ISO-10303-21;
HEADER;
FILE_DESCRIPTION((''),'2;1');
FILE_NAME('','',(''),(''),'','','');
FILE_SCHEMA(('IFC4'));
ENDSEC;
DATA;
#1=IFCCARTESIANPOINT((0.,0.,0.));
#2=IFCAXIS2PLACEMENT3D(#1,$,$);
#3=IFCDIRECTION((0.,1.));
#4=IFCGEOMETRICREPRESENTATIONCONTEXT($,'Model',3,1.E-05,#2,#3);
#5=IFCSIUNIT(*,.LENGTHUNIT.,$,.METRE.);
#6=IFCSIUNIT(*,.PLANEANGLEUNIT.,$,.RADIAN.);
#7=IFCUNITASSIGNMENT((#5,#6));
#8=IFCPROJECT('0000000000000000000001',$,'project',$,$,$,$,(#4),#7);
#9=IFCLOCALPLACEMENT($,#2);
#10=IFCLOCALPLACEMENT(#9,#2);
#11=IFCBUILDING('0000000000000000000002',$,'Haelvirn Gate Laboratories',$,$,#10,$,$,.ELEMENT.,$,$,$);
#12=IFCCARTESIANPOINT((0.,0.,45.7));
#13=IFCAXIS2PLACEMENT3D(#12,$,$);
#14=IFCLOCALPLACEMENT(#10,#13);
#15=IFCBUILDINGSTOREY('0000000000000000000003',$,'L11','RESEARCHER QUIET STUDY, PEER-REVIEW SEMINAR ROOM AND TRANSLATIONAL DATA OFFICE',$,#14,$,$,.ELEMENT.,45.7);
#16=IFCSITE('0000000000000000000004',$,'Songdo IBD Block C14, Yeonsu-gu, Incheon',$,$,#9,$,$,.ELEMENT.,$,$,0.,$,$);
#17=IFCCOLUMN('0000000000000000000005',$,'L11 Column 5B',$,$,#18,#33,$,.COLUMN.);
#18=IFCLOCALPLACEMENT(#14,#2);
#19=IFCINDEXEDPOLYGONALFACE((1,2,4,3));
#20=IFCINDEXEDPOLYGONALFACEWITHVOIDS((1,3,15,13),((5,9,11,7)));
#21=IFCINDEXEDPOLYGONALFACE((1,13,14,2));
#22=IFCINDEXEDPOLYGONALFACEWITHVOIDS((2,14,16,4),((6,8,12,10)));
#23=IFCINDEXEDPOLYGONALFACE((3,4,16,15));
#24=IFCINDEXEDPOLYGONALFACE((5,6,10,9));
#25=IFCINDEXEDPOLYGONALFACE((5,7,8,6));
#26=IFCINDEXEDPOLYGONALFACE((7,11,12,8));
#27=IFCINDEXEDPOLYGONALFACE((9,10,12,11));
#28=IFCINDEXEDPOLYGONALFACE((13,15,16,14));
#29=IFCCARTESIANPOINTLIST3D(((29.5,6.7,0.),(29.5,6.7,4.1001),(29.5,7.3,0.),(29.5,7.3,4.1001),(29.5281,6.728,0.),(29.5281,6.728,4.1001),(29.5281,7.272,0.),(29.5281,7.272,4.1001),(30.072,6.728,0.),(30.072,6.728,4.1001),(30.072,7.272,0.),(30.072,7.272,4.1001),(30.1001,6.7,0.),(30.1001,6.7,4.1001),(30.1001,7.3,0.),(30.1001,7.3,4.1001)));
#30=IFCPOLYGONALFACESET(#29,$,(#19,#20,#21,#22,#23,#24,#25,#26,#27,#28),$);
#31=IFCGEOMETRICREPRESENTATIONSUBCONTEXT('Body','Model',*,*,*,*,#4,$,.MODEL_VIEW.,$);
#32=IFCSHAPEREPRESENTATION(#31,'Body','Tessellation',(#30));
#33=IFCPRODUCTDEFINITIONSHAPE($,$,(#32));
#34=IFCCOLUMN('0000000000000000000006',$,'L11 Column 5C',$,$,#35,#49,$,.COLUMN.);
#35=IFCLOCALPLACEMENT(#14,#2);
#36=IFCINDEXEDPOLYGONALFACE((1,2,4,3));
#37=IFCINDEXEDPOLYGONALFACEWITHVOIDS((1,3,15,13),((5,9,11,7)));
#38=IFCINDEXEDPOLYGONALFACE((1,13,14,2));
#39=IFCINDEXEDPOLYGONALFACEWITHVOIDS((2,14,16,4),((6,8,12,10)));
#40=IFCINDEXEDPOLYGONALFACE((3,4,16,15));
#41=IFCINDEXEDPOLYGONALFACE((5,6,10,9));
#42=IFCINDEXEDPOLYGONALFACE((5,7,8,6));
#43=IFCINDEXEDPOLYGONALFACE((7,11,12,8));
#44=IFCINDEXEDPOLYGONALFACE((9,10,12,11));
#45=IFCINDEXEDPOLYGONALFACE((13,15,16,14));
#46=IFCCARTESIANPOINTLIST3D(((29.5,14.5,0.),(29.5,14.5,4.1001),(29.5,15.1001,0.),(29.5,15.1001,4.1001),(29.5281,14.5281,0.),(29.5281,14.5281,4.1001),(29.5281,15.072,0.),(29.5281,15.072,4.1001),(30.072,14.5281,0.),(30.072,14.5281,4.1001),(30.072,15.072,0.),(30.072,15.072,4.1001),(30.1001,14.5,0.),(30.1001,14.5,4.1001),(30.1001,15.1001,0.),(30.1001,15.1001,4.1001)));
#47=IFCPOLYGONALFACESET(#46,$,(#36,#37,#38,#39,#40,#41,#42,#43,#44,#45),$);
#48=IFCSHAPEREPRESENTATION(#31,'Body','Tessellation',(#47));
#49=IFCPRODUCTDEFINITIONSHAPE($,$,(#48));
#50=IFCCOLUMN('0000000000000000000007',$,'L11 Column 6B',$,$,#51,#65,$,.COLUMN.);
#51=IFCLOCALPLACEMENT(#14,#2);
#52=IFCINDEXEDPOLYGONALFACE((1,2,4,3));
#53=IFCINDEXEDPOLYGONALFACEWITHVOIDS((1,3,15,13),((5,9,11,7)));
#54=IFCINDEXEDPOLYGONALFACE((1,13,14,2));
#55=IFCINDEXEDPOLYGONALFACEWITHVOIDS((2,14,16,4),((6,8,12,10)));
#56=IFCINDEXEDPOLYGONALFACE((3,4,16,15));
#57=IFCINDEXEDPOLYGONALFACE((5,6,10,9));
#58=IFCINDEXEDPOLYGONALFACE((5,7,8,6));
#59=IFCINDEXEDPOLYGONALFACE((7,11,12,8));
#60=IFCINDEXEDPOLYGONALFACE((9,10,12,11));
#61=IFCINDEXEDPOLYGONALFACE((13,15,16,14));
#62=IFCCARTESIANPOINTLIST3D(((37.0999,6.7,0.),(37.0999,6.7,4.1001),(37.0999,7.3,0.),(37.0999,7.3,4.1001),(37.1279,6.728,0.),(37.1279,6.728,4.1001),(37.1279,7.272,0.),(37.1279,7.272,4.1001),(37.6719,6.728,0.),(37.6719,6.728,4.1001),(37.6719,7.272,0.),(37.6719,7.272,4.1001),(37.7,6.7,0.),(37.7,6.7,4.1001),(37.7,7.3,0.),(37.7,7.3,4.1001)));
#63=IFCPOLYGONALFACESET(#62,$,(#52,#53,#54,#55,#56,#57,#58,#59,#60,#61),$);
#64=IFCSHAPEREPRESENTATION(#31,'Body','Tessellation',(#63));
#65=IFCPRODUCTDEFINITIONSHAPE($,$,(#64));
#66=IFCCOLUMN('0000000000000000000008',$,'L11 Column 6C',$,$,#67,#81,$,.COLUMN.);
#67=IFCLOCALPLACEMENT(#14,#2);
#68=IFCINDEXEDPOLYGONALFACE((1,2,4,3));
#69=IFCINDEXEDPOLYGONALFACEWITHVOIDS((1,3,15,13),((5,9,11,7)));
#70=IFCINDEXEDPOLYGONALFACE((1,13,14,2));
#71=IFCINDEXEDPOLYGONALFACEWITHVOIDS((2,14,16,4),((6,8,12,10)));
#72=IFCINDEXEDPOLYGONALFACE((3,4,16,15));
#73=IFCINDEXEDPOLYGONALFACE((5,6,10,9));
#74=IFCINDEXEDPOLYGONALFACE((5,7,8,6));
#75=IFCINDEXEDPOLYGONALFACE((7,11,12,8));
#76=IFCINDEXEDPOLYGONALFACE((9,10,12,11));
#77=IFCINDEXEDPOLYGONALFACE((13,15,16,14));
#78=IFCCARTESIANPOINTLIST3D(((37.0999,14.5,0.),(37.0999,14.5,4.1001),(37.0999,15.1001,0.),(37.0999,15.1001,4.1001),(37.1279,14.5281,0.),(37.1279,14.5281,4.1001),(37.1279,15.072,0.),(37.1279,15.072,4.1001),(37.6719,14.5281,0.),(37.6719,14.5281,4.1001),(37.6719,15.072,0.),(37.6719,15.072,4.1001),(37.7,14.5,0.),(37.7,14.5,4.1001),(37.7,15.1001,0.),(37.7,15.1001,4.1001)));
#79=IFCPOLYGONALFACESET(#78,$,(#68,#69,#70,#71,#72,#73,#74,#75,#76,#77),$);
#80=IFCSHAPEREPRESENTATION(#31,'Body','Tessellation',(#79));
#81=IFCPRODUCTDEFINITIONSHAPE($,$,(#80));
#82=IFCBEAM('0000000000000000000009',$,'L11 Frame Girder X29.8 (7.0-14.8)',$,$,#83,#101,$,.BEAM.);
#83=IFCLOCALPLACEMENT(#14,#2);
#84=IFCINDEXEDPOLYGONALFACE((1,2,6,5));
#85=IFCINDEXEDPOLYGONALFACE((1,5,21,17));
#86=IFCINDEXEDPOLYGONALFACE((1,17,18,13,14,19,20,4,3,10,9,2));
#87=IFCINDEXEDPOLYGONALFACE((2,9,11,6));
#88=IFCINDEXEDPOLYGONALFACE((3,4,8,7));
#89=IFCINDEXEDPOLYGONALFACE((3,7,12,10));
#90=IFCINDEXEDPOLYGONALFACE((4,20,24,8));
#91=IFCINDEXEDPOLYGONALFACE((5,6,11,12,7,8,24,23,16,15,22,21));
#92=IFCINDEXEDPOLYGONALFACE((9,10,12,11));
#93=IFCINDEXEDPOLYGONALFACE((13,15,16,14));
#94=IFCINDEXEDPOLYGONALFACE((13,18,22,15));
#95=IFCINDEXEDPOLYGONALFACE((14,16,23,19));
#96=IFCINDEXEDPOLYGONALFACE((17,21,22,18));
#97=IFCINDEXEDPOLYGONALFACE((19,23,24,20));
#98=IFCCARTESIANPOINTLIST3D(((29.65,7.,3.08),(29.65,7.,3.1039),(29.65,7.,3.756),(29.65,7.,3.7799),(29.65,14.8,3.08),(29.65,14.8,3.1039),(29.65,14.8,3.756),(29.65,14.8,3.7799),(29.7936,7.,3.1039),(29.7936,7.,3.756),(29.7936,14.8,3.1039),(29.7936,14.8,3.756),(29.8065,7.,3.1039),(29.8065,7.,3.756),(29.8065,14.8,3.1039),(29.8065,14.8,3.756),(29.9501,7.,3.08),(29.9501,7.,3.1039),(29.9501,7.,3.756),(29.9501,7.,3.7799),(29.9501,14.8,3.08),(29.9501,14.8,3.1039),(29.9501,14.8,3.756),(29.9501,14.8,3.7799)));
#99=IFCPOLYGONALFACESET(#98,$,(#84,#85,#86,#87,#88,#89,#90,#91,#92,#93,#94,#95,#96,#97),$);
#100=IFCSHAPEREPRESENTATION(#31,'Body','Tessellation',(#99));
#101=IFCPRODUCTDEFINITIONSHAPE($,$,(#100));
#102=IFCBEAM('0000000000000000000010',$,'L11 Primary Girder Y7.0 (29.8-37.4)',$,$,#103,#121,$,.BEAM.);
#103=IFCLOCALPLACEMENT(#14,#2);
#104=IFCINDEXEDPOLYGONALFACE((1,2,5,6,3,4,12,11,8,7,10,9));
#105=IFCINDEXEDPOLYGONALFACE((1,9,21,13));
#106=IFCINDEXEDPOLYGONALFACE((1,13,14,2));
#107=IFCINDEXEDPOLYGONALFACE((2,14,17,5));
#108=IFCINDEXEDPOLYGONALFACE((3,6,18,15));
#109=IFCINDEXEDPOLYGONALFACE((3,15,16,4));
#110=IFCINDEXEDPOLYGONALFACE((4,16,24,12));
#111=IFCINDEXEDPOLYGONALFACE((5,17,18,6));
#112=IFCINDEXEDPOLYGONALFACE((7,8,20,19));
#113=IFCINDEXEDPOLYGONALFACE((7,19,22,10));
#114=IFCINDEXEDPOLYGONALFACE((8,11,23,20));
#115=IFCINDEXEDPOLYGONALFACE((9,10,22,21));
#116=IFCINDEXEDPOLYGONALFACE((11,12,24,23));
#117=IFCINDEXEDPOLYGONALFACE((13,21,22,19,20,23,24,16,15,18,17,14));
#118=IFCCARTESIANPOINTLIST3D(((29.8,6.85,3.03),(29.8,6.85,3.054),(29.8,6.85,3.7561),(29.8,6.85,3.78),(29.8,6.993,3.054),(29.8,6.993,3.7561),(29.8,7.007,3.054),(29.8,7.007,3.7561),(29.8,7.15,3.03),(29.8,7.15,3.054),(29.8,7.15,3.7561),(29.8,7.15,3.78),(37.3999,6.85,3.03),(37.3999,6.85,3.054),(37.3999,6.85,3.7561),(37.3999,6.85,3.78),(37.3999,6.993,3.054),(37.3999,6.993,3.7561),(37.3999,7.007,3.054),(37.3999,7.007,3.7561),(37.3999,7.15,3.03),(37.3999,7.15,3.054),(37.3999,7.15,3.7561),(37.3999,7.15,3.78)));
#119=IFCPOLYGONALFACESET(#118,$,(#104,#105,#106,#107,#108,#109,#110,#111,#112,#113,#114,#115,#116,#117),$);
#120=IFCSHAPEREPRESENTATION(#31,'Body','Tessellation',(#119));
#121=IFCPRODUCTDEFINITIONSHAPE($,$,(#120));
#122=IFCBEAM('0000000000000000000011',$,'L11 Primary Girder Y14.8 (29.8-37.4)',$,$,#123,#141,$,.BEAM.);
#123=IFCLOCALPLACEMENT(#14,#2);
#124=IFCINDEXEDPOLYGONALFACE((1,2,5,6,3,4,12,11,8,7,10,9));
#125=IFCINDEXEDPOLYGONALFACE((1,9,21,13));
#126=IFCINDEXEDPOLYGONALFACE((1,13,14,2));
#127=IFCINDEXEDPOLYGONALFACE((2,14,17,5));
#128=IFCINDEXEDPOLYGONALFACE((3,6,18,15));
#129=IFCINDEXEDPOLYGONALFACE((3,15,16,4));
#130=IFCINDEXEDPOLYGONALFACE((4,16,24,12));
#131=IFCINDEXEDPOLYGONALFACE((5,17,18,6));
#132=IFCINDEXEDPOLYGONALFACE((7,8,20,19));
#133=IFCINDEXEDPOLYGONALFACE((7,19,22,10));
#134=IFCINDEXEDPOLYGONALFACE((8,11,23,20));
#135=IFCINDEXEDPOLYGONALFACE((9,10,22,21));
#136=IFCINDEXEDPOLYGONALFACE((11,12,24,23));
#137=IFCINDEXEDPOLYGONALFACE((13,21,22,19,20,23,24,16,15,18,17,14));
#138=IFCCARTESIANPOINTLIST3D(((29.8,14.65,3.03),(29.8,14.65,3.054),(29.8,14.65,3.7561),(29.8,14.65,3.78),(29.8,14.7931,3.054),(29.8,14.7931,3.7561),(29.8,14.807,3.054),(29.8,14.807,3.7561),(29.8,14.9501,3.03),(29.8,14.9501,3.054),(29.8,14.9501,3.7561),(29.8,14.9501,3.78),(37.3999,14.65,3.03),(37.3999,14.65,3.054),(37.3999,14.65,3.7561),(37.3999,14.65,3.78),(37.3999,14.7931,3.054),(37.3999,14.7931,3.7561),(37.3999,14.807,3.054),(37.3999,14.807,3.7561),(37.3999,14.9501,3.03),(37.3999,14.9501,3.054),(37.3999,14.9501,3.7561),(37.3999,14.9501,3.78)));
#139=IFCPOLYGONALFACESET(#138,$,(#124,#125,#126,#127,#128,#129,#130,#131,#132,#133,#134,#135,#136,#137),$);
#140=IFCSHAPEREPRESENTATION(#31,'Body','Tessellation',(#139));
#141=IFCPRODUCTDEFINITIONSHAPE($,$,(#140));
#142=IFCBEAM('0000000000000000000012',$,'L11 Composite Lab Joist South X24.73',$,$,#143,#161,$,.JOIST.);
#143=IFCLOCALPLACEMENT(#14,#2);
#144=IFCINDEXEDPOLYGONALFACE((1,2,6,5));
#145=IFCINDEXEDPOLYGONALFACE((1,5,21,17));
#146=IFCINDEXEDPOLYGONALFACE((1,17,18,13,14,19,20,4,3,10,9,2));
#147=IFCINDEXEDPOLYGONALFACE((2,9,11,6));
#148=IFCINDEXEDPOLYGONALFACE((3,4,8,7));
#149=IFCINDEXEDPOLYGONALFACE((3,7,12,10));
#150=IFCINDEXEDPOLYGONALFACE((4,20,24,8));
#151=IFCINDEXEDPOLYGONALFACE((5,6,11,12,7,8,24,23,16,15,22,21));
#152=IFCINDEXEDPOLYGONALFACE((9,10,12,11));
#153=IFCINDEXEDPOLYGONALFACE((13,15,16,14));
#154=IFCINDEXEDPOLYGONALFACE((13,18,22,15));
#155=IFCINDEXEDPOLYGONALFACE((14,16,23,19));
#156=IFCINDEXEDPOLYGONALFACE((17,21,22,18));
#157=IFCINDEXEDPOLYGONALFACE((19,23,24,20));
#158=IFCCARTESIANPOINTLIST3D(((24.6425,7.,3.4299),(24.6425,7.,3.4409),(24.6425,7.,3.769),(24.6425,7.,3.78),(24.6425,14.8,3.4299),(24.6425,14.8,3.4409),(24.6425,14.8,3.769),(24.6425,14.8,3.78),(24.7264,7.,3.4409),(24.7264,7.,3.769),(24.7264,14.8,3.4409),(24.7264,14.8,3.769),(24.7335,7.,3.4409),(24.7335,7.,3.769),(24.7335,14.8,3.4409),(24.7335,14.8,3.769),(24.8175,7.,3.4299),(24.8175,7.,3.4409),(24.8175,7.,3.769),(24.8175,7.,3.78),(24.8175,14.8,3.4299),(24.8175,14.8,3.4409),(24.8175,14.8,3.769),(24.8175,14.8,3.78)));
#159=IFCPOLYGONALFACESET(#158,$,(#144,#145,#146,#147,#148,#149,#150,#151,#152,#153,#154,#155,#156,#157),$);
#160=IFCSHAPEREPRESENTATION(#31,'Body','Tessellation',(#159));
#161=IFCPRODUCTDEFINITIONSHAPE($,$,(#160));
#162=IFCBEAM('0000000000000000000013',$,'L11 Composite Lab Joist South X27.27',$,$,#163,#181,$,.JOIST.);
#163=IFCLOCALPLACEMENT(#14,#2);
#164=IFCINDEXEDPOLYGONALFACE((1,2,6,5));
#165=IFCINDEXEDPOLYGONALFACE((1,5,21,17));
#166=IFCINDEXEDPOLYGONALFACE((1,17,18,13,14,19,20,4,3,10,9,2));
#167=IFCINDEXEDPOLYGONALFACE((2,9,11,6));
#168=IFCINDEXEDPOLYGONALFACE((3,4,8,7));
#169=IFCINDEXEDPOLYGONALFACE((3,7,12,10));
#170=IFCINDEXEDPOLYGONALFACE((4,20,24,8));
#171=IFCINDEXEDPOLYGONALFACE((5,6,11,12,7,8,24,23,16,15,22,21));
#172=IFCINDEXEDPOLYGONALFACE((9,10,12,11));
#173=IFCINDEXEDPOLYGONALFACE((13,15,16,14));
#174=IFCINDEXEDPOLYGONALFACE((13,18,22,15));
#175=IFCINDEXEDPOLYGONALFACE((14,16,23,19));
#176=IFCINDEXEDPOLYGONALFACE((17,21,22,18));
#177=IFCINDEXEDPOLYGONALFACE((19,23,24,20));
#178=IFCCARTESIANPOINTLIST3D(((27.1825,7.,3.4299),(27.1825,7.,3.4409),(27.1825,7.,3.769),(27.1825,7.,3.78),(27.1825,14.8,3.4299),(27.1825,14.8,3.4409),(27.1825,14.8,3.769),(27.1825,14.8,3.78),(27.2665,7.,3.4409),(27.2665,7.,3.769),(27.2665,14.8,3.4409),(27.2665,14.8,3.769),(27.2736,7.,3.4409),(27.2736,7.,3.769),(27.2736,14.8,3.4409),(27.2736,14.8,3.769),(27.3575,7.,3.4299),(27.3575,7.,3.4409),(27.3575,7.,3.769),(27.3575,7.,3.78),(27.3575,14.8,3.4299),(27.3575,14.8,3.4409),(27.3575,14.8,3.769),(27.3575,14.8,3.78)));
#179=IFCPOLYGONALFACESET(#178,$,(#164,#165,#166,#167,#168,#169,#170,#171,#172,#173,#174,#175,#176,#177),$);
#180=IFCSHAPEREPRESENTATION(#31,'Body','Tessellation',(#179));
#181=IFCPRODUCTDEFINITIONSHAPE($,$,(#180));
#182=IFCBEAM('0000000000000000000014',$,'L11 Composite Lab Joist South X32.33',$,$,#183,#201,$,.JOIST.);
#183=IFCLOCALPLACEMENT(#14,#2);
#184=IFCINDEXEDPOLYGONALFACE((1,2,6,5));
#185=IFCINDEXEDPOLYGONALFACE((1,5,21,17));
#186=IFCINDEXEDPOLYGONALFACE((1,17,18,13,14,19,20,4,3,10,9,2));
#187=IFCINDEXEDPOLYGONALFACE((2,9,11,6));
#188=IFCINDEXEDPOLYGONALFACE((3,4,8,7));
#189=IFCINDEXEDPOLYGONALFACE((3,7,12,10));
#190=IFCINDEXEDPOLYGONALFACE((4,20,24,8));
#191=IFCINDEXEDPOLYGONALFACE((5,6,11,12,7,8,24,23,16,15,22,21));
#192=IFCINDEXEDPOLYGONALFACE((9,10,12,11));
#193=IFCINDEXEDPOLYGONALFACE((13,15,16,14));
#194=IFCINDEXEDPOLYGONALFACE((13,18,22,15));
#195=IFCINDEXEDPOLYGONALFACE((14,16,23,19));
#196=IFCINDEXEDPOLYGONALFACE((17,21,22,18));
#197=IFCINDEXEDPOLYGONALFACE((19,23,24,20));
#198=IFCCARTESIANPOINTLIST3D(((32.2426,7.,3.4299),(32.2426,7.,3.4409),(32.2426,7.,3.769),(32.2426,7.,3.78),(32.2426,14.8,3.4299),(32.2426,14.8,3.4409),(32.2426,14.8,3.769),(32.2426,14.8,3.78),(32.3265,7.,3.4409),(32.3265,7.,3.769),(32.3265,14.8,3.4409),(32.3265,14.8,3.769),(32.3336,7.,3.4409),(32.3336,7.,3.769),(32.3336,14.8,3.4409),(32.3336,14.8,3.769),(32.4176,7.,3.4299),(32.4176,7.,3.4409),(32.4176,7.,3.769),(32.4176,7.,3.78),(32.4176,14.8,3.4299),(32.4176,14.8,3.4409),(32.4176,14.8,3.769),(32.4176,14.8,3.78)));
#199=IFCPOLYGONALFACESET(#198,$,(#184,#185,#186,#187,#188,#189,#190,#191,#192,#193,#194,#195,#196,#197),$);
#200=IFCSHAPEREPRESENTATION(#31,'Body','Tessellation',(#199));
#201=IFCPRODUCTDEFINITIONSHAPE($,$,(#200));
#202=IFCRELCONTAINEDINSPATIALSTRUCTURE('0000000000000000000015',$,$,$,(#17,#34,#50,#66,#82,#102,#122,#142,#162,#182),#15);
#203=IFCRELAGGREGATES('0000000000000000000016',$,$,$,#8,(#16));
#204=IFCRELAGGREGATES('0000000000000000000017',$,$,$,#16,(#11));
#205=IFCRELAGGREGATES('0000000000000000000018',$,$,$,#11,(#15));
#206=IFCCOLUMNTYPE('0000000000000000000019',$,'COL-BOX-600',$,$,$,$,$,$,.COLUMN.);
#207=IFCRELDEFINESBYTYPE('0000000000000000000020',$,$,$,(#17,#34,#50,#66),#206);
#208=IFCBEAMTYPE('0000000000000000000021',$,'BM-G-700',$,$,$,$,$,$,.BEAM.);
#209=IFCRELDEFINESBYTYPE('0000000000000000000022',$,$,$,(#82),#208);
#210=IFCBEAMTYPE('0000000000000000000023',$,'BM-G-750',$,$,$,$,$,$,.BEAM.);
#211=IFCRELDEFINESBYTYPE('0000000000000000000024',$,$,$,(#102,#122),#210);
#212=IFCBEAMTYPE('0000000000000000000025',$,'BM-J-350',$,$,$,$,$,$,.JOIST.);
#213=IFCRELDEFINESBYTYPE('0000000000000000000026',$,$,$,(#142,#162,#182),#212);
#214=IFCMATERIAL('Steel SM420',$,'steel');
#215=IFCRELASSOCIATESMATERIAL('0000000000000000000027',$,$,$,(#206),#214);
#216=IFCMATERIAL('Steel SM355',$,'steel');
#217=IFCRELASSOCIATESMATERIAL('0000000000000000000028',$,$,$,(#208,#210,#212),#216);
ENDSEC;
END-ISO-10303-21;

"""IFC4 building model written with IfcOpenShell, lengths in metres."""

from ifc_helpers import new_model, si_unit, direction, frame, origin, origin_2d, place, context, subcontext, project, spatial, hollow_rectangle, i_section, extrude, source, transform, mapped, material, material_profile, profile_set, type_object, type_shapes, element, save


model = new_model("IFC4")

# Units and contexts
model_context = context("Model", 3, precision=1e-05, world=origin(), true_north=direction((0.0, 1.0)))
body_context = subcontext(model_context, "Body", "Model", "MODEL_VIEW")
ifc_project = project(units=[si_unit("LENGTHUNIT", "METRE"), si_unit("PLANEANGLEUNIT", "RADIAN")], contexts=[model_context])

# Site, building, storey
site_placement = place(None, origin())
site = spatial("IfcSite", under=ifc_project, at=site_placement, Name="Songdo IBD Block C14, Yeonsu-gu, Incheon", CompositionType="ELEMENT", RefElevation=0.0)
building_placement = place(site_placement, origin())
building = spatial("IfcBuilding", under=site, at=building_placement, Name="Haelvirn Gate Laboratories", CompositionType="ELEMENT")
storey_placement = place(building_placement, frame((0.0, 0.0, 45.7)))
storey = spatial("IfcBuildingStorey", under=building, at=storey_placement, Name="L11", Description="RESEARCHER QUIET STUDY, PEER-REVIEW SEMINAR ROOM AND TRANSLATIONAL DATA OFFICE", CompositionType="ELEMENT", Elevation=45.7)

# Columns
ifc_material_1 = material(Name="Steel SM420", Category="steel")
ifc_material_profile_1 = material_profile(ifc_material_1, hollow_rectangle(XDim=0.6001, YDim=0.6001, WallThickness=0.0281, at=origin_2d()), Name="BOX-600x600x28")
ifc_profile_set_1 = profile_set([ifc_material_profile_1], Name="Steel SM420")
column_type = type_object("IfcColumnType", Name="COL-BOX-600", PredefinedType="COLUMN", material=ifc_profile_set_1)
shared_shape_1 = source(origin(), body_context, "Body", "SweptSolid", [
    extrude(hollow_rectangle(XDim=0.6001, YDim=0.6001, WallThickness=0.0281, at=origin_2d()), origin(), (0.0, 0.0, 1.0), 4.1001),
])
type_shapes(column_type, [shared_shape_1])
for number, where, z_axis, x_axis, name in (
    (1, (29.8, 7.0, 0.0), (0.0, 0.0, 1.0), (1.0, 0.0, 0.0), "L11 Column 5B"),
    (2, (29.8, 14.8, 0.0), (0.0, 0.0, 1.0), (1.0, 0.0, 0.0), "L11 Column 5C"),
    (3, (37.3999, 7.0, 0.0), (0.0, 0.0, 1.0), (1.0, 0.0, 0.0), "L11 Column 6B"),
    (4, (37.3999, 14.8, 0.0), (0.0, 0.0, 1.0), (1.0, 0.0, 0.0), "L11 Column 6C"),
):
    element("IfcColumn", number, at=place(storey_placement, frame(where, z_axis=z_axis, x_axis=x_axis)), inside=storey, type_object=column_type, Name=name, PredefinedType="COLUMN", context=body_context, shape_type="MappedRepresentation", body=[
        mapped(shared_shape_1, transform((0.0, 0.0, 0.0), scale=1.0)),
    ])

# Beams
ifc_material_2 = material(Name="Steel SM355", Category="steel")
ifc_material_profile_2 = material_profile(ifc_material_2, i_section(OverallWidth=0.3, OverallDepth=0.7, WebThickness=0.0129, FlangeThickness=0.0239, at=origin_2d()), Name="H-700x300x13x24")
ifc_profile_set_2 = profile_set([ifc_material_profile_2], Name="Steel SM355")
beam_type_1 = type_object("IfcBeamType", Name="BM-G-700", PredefinedType="BEAM", material=ifc_profile_set_2)
shared_shape_2 = source(origin(), body_context, "Body", "SweptSolid", [
    extrude(i_section(OverallWidth=0.3, OverallDepth=0.7, WebThickness=0.0129, FlangeThickness=0.0239, at=origin_2d()), origin(), (0.0, 0.0, 1.0), 7.8),
])
type_shapes(beam_type_1, [shared_shape_2])
beam_placement = place(storey_placement, frame((29.8, 7.0, 3.4299), z_axis=(0.0, 1.0, 0.0), x_axis=(-1.0, 0.0, 0.0)))
element("IfcBeam", 5, at=beam_placement, inside=storey, type_object=beam_type_1, Name="L11 Frame Girder X29.8 (7.0-14.8)", PredefinedType="BEAM", context=body_context, shape_type="MappedRepresentation", body=[
    mapped(shared_shape_2, transform((0.0, 0.0, 0.0), scale=1.0)),
])
ifc_material_profile_3 = material_profile(ifc_material_2, i_section(OverallWidth=0.3, OverallDepth=0.75, WebThickness=0.0139, FlangeThickness=0.0239, at=origin_2d()), Name="H-750x300x14x24")
ifc_profile_set_3 = profile_set([ifc_material_profile_3], Name="Steel SM355")
beam_type_2 = type_object("IfcBeamType", Name="BM-G-750", PredefinedType="BEAM", material=ifc_profile_set_3)
shared_shape_3 = source(origin(), body_context, "Body", "SweptSolid", [
    extrude(i_section(OverallWidth=0.3, OverallDepth=0.75, WebThickness=0.0139, FlangeThickness=0.0239, at=origin_2d()), origin(), (0.0, 0.0, 1.0), 7.5999),
])
type_shapes(beam_type_2, [shared_shape_3])
for number, where, z_axis, x_axis, name in (
    (6, (29.8, 7.0, 3.405), (1.0, 0.0, 0.0), (0.0, 1.0, 0.0), "L11 Primary Girder Y7.0 (29.8-37.4)"),
    (7, (29.8, 14.8, 3.405), (1.0, 0.0, 0.0), (0.0, 1.0, 0.0), "L11 Primary Girder Y14.8 (29.8-37.4)"),
):
    element("IfcBeam", number, at=place(storey_placement, frame(where, z_axis=z_axis, x_axis=x_axis)), inside=storey, type_object=beam_type_2, Name=name, PredefinedType="BEAM", context=body_context, shape_type="MappedRepresentation", body=[
        mapped(shared_shape_3, transform((0.0, 0.0, 0.0), scale=1.0)),
    ])
ifc_material_profile_4 = material_profile(ifc_material_2, i_section(OverallWidth=0.175, OverallDepth=0.3501, WebThickness=0.0071, FlangeThickness=0.011, at=origin_2d()), Name="H-350x175x7x11")
ifc_profile_set_4 = profile_set([ifc_material_profile_4], Name="Steel SM355")
beam_type_3 = type_object("IfcBeamType", Name="BM-J-350", PredefinedType="JOIST", material=ifc_profile_set_4)
shared_shape_4 = source(origin(), body_context, "Body", "SweptSolid", [
    extrude(i_section(OverallWidth=0.175, OverallDepth=0.3501, WebThickness=0.0071, FlangeThickness=0.011, at=origin_2d()), origin(), (0.0, 0.0, 1.0), 7.8),
])
type_shapes(beam_type_3, [shared_shape_4])
for number, where, z_axis, x_axis, name in (
    (8, (24.73, 7.0, 3.605), (0.0, 1.0, 0.0), (-1.0, 0.0, 0.0), "L11 Composite Lab Joist South X24.73"),
    (9, (27.27, 7.0, 3.605), (0.0, 1.0, 0.0), (-1.0, 0.0, 0.0), "L11 Composite Lab Joist South X27.27"),
    (10, (32.3301, 7.0, 3.605), (0.0, 1.0, 0.0), (-1.0, 0.0, 0.0), "L11 Composite Lab Joist South X32.33"),
):
    element("IfcBeam", number, at=place(storey_placement, frame(where, z_axis=z_axis, x_axis=x_axis)), inside=storey, type_object=beam_type_3, Name=name, PredefinedType="JOIST", context=body_context, shape_type="MappedRepresentation", body=[
        mapped(shared_shape_4, transform((0.0, 0.0, 0.0), scale=1.0)),
    ])

save(model, "model.ifc")
